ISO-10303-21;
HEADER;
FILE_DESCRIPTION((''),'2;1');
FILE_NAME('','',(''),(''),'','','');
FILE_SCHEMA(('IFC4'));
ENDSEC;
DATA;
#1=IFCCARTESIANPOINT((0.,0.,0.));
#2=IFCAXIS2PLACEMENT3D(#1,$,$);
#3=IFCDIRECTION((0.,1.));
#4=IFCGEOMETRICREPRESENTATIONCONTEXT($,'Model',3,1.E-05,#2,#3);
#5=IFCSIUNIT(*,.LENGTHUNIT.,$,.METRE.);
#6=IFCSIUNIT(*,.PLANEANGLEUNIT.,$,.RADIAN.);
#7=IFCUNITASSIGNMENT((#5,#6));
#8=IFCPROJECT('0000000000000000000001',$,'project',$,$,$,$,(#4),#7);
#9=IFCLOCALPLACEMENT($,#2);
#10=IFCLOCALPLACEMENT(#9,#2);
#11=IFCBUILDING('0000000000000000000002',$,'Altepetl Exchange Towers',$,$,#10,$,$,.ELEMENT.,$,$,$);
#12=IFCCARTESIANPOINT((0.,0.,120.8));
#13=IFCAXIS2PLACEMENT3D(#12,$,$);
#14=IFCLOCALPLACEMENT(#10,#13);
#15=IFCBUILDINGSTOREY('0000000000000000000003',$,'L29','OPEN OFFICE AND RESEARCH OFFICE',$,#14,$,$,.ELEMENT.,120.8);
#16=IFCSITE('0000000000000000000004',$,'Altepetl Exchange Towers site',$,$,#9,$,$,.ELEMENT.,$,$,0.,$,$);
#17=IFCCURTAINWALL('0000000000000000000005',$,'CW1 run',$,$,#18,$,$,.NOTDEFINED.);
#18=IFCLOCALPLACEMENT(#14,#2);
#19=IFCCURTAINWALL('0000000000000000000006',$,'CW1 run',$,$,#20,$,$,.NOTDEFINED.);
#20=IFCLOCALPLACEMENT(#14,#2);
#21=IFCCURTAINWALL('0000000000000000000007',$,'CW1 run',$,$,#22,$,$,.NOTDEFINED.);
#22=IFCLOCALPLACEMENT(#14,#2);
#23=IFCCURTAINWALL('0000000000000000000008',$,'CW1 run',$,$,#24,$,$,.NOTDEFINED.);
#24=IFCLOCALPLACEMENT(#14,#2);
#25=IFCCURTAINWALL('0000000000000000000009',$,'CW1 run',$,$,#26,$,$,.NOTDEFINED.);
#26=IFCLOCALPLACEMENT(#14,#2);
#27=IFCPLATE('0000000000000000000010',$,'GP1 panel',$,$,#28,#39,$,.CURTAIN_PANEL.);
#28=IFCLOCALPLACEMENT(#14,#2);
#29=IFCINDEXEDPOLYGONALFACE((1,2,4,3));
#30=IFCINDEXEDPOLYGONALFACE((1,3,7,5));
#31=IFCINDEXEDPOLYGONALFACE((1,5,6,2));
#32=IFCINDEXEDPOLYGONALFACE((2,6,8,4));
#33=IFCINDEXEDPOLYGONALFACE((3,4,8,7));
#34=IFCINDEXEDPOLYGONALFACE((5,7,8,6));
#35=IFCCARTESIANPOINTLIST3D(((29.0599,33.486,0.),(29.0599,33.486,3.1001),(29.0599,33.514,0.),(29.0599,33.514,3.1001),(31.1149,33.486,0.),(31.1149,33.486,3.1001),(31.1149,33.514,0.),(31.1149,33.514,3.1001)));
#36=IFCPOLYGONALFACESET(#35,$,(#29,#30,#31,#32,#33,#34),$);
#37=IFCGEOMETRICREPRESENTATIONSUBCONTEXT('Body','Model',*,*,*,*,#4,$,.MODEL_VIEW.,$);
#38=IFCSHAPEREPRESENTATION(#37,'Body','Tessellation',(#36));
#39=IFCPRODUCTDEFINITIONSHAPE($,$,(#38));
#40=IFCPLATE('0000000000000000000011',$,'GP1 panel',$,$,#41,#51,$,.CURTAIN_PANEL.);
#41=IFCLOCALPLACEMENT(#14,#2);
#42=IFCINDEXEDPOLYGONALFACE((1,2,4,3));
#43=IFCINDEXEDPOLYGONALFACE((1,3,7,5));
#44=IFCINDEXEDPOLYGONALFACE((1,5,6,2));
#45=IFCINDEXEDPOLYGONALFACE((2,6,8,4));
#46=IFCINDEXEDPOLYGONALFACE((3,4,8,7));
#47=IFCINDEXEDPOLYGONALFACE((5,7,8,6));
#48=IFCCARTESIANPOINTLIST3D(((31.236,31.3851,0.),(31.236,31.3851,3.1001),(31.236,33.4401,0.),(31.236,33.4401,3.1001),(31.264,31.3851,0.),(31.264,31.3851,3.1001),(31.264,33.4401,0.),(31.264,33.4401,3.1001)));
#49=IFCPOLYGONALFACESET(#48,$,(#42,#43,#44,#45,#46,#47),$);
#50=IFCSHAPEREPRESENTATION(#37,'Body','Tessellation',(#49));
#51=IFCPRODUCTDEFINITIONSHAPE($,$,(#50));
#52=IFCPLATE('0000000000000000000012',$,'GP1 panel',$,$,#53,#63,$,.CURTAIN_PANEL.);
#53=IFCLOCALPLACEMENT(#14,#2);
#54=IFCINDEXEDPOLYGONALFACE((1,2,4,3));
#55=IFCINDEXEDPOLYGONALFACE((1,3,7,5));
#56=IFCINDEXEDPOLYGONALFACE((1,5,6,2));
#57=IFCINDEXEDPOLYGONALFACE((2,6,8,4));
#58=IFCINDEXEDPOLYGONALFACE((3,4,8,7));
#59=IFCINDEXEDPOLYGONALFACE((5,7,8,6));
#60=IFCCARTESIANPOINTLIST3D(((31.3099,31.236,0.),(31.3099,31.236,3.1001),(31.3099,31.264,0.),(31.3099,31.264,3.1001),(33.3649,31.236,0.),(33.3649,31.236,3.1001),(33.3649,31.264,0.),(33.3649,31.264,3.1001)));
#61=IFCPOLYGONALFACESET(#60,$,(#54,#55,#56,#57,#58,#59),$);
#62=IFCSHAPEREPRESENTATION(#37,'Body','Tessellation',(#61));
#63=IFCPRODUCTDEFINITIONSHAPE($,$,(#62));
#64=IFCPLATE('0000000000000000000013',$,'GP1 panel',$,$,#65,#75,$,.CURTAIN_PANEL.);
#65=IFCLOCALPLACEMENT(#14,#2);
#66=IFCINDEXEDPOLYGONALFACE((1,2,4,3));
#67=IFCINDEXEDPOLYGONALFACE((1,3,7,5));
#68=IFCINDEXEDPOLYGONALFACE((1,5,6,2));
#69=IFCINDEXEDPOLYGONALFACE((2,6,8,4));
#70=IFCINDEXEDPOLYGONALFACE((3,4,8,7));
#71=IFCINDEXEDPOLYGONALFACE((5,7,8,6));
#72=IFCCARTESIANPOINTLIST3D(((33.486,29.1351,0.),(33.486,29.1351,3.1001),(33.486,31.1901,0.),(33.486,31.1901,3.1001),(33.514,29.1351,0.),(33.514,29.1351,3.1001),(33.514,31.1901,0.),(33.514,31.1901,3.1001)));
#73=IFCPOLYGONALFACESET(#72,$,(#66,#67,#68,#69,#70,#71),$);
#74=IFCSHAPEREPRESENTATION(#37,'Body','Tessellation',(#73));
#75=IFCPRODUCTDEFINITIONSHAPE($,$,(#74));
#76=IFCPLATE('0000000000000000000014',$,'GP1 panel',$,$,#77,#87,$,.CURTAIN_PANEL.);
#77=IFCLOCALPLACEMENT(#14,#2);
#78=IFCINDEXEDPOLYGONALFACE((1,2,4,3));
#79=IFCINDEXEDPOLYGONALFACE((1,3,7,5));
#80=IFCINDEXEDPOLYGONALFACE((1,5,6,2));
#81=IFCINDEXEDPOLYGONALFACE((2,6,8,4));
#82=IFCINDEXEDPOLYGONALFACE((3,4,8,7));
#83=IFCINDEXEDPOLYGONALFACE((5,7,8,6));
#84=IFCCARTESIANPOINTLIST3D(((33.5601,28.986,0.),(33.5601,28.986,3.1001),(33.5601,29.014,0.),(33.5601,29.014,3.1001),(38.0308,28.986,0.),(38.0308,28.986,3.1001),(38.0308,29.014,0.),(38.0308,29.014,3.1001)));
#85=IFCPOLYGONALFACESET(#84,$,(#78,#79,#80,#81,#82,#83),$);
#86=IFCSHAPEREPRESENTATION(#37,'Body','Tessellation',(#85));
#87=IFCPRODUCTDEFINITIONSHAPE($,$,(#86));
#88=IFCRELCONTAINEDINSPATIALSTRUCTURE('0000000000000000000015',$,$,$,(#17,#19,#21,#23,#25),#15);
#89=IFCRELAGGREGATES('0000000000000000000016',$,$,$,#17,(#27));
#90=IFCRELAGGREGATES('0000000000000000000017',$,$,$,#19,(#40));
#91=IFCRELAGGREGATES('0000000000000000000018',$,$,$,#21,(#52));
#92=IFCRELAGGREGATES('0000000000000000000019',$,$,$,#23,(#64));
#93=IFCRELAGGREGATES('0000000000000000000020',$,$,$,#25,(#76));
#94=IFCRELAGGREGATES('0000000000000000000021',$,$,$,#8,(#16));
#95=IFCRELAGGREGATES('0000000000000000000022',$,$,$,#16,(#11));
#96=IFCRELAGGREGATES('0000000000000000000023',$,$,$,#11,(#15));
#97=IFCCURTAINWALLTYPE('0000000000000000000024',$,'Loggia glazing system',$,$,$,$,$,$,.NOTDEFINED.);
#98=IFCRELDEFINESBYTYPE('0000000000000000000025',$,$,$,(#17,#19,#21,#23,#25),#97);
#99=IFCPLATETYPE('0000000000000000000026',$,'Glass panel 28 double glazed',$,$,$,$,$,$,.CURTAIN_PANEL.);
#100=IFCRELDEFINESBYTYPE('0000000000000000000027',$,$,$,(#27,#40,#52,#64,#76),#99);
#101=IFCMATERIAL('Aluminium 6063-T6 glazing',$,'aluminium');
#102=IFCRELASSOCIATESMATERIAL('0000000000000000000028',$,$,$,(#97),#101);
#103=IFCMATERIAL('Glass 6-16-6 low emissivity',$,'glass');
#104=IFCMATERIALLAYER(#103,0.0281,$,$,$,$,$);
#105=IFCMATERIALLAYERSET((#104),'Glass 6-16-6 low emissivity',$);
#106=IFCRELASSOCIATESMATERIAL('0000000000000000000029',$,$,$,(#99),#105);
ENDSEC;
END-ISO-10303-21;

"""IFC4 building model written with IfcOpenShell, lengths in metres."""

from ifc_helpers import new_model, si_unit, direction, frame, origin, origin_2d, place, context, subcontext, project, spatial, rectangle, extrude, material, layer, layer_set, type_object, element, aggregate, save


model = new_model("IFC4")

# Units and contexts
model_context = context("Model", 3, precision=1e-05, world=origin(), true_north=direction((0.0, 1.0)))
body_context = subcontext(model_context, "Body", "Model", "MODEL_VIEW")
ifc_project = project(units=[si_unit("LENGTHUNIT", "METRE"), si_unit("PLANEANGLEUNIT", "RADIAN")], contexts=[model_context])

# Site, building, storey
site_placement = place(None, origin())
site = spatial("IfcSite", under=ifc_project, at=site_placement, Name="Altepetl Exchange Towers site", CompositionType="ELEMENT", RefElevation=0.0)
building_placement = place(site_placement, origin())
building = spatial("IfcBuilding", under=site, at=building_placement, Name="Altepetl Exchange Towers", CompositionType="ELEMENT")
storey_placement = place(building_placement, frame((0.0, 0.0, 120.8)))
storey = spatial("IfcBuildingStorey", under=building, at=storey_placement, Name="L29", Description="OPEN OFFICE AND RESEARCH OFFICE", CompositionType="ELEMENT", Elevation=120.8)

# Curtain walls
ifc_material_1 = material(Name="Aluminium 6063-T6 glazing", Category="aluminium")
curtain_wall_type = type_object("IfcCurtainWallType", Name="Loggia glazing system", PredefinedType="NOTDEFINED", material=ifc_material_1)
curtain_wall_1_placement = place(storey_placement, origin())
curtain_wall_1 = element("IfcCurtainWall", 1, at=curtain_wall_1_placement, inside=storey, type_object=curtain_wall_type, Name="CW1 run", PredefinedType="NOTDEFINED")
curtain_wall_2_placement = place(storey_placement, origin())
curtain_wall_2 = element("IfcCurtainWall", 2, at=curtain_wall_2_placement, inside=storey, type_object=curtain_wall_type, Name="CW1 run", PredefinedType="NOTDEFINED")
curtain_wall_3_placement = place(storey_placement, origin())
curtain_wall_3 = element("IfcCurtainWall", 3, at=curtain_wall_3_placement, inside=storey, type_object=curtain_wall_type, Name="CW1 run", PredefinedType="NOTDEFINED")
curtain_wall_4_placement = place(storey_placement, origin())
curtain_wall_4 = element("IfcCurtainWall", 4, at=curtain_wall_4_placement, inside=storey, type_object=curtain_wall_type, Name="CW1 run", PredefinedType="NOTDEFINED")

# Curtain wall
curtain_wall_5_placement = place(storey_placement, origin())
curtain_wall_5 = element("IfcCurtainWall", 5, at=curtain_wall_5_placement, inside=storey, type_object=curtain_wall_type, Name="CW1 run", PredefinedType="NOTDEFINED")

# Plates
ifc_material_2 = material(Name="Glass 6-16-6 low emissivity", Category="glass")
ifc_layer = layer(ifc_material_2, 0.0281)
ifc_layer_set = layer_set([ifc_layer], Name="Glass 6-16-6 low emissivity")
plate_type = type_object("IfcPlateType", Name="Glass panel 28 double glazed", PredefinedType="CURTAIN_PANEL", material=ifc_layer_set)
plate_1_placement = place(storey_placement, frame((30.0874, 33.5, 0.0)))
plate_1 = element("IfcPlate", 6, at=plate_1_placement, type_object=plate_type, Name="GP1 panel", PredefinedType="CURTAIN_PANEL", context=body_context, shape_type="SweptSolid", body=[
    extrude(rectangle(XDim=2.0549, YDim=0.0281, at=origin_2d()), origin(), (0.0, 0.0, 1.0), 3.1001),
])
aggregate(curtain_wall_1, [plate_1])
plate_2_placement = place(storey_placement, frame((31.25, 32.4126, 0.0), z_axis=(0.0, 0.0, 1.0), x_axis=(0.0, -1.0, 0.0)))
plate_2 = element("IfcPlate", 7, at=plate_2_placement, type_object=plate_type, Name="GP1 panel", PredefinedType="CURTAIN_PANEL", context=body_context, shape_type="SweptSolid", body=[
    extrude(rectangle(XDim=2.0549, YDim=0.0281, at=origin_2d()), origin(), (0.0, 0.0, 1.0), 3.1001),
])
aggregate(curtain_wall_2, [plate_2])
plate_3_placement = place(storey_placement, frame((32.3374, 31.25, 0.0)))
plate_3 = element("IfcPlate", 8, at=plate_3_placement, type_object=plate_type, Name="GP1 panel", PredefinedType="CURTAIN_PANEL", context=body_context, shape_type="SweptSolid", body=[
    extrude(rectangle(XDim=2.0549, YDim=0.0281, at=origin_2d()), origin(), (0.0, 0.0, 1.0), 3.1001),
])
aggregate(curtain_wall_3, [plate_3])
plate_4_placement = place(storey_placement, frame((33.5, 30.1626, 0.0), z_axis=(0.0, 0.0, 1.0), x_axis=(0.0, -1.0, 0.0)))
plate_4 = element("IfcPlate", 9, at=plate_4_placement, type_object=plate_type, Name="GP1 panel", PredefinedType="CURTAIN_PANEL", context=body_context, shape_type="SweptSolid", body=[
    extrude(rectangle(XDim=2.0549, YDim=0.0281, at=origin_2d()), origin(), (0.0, 0.0, 1.0), 3.1001),
])
aggregate(curtain_wall_4, [plate_4])
plate_5_placement = place(storey_placement, frame((35.7954, 29.0, 0.0)))
plate_5 = element("IfcPlate", 10, at=plate_5_placement, type_object=plate_type, Name="GP1 panel", PredefinedType="CURTAIN_PANEL", context=body_context, shape_type="SweptSolid", body=[
    extrude(rectangle(XDim=4.4707, YDim=0.0281, at=origin_2d()), origin(), (0.0, 0.0, 1.0), 3.1001),
])
aggregate(curtain_wall_5, [plate_5])

save(model, "model.ifc")
